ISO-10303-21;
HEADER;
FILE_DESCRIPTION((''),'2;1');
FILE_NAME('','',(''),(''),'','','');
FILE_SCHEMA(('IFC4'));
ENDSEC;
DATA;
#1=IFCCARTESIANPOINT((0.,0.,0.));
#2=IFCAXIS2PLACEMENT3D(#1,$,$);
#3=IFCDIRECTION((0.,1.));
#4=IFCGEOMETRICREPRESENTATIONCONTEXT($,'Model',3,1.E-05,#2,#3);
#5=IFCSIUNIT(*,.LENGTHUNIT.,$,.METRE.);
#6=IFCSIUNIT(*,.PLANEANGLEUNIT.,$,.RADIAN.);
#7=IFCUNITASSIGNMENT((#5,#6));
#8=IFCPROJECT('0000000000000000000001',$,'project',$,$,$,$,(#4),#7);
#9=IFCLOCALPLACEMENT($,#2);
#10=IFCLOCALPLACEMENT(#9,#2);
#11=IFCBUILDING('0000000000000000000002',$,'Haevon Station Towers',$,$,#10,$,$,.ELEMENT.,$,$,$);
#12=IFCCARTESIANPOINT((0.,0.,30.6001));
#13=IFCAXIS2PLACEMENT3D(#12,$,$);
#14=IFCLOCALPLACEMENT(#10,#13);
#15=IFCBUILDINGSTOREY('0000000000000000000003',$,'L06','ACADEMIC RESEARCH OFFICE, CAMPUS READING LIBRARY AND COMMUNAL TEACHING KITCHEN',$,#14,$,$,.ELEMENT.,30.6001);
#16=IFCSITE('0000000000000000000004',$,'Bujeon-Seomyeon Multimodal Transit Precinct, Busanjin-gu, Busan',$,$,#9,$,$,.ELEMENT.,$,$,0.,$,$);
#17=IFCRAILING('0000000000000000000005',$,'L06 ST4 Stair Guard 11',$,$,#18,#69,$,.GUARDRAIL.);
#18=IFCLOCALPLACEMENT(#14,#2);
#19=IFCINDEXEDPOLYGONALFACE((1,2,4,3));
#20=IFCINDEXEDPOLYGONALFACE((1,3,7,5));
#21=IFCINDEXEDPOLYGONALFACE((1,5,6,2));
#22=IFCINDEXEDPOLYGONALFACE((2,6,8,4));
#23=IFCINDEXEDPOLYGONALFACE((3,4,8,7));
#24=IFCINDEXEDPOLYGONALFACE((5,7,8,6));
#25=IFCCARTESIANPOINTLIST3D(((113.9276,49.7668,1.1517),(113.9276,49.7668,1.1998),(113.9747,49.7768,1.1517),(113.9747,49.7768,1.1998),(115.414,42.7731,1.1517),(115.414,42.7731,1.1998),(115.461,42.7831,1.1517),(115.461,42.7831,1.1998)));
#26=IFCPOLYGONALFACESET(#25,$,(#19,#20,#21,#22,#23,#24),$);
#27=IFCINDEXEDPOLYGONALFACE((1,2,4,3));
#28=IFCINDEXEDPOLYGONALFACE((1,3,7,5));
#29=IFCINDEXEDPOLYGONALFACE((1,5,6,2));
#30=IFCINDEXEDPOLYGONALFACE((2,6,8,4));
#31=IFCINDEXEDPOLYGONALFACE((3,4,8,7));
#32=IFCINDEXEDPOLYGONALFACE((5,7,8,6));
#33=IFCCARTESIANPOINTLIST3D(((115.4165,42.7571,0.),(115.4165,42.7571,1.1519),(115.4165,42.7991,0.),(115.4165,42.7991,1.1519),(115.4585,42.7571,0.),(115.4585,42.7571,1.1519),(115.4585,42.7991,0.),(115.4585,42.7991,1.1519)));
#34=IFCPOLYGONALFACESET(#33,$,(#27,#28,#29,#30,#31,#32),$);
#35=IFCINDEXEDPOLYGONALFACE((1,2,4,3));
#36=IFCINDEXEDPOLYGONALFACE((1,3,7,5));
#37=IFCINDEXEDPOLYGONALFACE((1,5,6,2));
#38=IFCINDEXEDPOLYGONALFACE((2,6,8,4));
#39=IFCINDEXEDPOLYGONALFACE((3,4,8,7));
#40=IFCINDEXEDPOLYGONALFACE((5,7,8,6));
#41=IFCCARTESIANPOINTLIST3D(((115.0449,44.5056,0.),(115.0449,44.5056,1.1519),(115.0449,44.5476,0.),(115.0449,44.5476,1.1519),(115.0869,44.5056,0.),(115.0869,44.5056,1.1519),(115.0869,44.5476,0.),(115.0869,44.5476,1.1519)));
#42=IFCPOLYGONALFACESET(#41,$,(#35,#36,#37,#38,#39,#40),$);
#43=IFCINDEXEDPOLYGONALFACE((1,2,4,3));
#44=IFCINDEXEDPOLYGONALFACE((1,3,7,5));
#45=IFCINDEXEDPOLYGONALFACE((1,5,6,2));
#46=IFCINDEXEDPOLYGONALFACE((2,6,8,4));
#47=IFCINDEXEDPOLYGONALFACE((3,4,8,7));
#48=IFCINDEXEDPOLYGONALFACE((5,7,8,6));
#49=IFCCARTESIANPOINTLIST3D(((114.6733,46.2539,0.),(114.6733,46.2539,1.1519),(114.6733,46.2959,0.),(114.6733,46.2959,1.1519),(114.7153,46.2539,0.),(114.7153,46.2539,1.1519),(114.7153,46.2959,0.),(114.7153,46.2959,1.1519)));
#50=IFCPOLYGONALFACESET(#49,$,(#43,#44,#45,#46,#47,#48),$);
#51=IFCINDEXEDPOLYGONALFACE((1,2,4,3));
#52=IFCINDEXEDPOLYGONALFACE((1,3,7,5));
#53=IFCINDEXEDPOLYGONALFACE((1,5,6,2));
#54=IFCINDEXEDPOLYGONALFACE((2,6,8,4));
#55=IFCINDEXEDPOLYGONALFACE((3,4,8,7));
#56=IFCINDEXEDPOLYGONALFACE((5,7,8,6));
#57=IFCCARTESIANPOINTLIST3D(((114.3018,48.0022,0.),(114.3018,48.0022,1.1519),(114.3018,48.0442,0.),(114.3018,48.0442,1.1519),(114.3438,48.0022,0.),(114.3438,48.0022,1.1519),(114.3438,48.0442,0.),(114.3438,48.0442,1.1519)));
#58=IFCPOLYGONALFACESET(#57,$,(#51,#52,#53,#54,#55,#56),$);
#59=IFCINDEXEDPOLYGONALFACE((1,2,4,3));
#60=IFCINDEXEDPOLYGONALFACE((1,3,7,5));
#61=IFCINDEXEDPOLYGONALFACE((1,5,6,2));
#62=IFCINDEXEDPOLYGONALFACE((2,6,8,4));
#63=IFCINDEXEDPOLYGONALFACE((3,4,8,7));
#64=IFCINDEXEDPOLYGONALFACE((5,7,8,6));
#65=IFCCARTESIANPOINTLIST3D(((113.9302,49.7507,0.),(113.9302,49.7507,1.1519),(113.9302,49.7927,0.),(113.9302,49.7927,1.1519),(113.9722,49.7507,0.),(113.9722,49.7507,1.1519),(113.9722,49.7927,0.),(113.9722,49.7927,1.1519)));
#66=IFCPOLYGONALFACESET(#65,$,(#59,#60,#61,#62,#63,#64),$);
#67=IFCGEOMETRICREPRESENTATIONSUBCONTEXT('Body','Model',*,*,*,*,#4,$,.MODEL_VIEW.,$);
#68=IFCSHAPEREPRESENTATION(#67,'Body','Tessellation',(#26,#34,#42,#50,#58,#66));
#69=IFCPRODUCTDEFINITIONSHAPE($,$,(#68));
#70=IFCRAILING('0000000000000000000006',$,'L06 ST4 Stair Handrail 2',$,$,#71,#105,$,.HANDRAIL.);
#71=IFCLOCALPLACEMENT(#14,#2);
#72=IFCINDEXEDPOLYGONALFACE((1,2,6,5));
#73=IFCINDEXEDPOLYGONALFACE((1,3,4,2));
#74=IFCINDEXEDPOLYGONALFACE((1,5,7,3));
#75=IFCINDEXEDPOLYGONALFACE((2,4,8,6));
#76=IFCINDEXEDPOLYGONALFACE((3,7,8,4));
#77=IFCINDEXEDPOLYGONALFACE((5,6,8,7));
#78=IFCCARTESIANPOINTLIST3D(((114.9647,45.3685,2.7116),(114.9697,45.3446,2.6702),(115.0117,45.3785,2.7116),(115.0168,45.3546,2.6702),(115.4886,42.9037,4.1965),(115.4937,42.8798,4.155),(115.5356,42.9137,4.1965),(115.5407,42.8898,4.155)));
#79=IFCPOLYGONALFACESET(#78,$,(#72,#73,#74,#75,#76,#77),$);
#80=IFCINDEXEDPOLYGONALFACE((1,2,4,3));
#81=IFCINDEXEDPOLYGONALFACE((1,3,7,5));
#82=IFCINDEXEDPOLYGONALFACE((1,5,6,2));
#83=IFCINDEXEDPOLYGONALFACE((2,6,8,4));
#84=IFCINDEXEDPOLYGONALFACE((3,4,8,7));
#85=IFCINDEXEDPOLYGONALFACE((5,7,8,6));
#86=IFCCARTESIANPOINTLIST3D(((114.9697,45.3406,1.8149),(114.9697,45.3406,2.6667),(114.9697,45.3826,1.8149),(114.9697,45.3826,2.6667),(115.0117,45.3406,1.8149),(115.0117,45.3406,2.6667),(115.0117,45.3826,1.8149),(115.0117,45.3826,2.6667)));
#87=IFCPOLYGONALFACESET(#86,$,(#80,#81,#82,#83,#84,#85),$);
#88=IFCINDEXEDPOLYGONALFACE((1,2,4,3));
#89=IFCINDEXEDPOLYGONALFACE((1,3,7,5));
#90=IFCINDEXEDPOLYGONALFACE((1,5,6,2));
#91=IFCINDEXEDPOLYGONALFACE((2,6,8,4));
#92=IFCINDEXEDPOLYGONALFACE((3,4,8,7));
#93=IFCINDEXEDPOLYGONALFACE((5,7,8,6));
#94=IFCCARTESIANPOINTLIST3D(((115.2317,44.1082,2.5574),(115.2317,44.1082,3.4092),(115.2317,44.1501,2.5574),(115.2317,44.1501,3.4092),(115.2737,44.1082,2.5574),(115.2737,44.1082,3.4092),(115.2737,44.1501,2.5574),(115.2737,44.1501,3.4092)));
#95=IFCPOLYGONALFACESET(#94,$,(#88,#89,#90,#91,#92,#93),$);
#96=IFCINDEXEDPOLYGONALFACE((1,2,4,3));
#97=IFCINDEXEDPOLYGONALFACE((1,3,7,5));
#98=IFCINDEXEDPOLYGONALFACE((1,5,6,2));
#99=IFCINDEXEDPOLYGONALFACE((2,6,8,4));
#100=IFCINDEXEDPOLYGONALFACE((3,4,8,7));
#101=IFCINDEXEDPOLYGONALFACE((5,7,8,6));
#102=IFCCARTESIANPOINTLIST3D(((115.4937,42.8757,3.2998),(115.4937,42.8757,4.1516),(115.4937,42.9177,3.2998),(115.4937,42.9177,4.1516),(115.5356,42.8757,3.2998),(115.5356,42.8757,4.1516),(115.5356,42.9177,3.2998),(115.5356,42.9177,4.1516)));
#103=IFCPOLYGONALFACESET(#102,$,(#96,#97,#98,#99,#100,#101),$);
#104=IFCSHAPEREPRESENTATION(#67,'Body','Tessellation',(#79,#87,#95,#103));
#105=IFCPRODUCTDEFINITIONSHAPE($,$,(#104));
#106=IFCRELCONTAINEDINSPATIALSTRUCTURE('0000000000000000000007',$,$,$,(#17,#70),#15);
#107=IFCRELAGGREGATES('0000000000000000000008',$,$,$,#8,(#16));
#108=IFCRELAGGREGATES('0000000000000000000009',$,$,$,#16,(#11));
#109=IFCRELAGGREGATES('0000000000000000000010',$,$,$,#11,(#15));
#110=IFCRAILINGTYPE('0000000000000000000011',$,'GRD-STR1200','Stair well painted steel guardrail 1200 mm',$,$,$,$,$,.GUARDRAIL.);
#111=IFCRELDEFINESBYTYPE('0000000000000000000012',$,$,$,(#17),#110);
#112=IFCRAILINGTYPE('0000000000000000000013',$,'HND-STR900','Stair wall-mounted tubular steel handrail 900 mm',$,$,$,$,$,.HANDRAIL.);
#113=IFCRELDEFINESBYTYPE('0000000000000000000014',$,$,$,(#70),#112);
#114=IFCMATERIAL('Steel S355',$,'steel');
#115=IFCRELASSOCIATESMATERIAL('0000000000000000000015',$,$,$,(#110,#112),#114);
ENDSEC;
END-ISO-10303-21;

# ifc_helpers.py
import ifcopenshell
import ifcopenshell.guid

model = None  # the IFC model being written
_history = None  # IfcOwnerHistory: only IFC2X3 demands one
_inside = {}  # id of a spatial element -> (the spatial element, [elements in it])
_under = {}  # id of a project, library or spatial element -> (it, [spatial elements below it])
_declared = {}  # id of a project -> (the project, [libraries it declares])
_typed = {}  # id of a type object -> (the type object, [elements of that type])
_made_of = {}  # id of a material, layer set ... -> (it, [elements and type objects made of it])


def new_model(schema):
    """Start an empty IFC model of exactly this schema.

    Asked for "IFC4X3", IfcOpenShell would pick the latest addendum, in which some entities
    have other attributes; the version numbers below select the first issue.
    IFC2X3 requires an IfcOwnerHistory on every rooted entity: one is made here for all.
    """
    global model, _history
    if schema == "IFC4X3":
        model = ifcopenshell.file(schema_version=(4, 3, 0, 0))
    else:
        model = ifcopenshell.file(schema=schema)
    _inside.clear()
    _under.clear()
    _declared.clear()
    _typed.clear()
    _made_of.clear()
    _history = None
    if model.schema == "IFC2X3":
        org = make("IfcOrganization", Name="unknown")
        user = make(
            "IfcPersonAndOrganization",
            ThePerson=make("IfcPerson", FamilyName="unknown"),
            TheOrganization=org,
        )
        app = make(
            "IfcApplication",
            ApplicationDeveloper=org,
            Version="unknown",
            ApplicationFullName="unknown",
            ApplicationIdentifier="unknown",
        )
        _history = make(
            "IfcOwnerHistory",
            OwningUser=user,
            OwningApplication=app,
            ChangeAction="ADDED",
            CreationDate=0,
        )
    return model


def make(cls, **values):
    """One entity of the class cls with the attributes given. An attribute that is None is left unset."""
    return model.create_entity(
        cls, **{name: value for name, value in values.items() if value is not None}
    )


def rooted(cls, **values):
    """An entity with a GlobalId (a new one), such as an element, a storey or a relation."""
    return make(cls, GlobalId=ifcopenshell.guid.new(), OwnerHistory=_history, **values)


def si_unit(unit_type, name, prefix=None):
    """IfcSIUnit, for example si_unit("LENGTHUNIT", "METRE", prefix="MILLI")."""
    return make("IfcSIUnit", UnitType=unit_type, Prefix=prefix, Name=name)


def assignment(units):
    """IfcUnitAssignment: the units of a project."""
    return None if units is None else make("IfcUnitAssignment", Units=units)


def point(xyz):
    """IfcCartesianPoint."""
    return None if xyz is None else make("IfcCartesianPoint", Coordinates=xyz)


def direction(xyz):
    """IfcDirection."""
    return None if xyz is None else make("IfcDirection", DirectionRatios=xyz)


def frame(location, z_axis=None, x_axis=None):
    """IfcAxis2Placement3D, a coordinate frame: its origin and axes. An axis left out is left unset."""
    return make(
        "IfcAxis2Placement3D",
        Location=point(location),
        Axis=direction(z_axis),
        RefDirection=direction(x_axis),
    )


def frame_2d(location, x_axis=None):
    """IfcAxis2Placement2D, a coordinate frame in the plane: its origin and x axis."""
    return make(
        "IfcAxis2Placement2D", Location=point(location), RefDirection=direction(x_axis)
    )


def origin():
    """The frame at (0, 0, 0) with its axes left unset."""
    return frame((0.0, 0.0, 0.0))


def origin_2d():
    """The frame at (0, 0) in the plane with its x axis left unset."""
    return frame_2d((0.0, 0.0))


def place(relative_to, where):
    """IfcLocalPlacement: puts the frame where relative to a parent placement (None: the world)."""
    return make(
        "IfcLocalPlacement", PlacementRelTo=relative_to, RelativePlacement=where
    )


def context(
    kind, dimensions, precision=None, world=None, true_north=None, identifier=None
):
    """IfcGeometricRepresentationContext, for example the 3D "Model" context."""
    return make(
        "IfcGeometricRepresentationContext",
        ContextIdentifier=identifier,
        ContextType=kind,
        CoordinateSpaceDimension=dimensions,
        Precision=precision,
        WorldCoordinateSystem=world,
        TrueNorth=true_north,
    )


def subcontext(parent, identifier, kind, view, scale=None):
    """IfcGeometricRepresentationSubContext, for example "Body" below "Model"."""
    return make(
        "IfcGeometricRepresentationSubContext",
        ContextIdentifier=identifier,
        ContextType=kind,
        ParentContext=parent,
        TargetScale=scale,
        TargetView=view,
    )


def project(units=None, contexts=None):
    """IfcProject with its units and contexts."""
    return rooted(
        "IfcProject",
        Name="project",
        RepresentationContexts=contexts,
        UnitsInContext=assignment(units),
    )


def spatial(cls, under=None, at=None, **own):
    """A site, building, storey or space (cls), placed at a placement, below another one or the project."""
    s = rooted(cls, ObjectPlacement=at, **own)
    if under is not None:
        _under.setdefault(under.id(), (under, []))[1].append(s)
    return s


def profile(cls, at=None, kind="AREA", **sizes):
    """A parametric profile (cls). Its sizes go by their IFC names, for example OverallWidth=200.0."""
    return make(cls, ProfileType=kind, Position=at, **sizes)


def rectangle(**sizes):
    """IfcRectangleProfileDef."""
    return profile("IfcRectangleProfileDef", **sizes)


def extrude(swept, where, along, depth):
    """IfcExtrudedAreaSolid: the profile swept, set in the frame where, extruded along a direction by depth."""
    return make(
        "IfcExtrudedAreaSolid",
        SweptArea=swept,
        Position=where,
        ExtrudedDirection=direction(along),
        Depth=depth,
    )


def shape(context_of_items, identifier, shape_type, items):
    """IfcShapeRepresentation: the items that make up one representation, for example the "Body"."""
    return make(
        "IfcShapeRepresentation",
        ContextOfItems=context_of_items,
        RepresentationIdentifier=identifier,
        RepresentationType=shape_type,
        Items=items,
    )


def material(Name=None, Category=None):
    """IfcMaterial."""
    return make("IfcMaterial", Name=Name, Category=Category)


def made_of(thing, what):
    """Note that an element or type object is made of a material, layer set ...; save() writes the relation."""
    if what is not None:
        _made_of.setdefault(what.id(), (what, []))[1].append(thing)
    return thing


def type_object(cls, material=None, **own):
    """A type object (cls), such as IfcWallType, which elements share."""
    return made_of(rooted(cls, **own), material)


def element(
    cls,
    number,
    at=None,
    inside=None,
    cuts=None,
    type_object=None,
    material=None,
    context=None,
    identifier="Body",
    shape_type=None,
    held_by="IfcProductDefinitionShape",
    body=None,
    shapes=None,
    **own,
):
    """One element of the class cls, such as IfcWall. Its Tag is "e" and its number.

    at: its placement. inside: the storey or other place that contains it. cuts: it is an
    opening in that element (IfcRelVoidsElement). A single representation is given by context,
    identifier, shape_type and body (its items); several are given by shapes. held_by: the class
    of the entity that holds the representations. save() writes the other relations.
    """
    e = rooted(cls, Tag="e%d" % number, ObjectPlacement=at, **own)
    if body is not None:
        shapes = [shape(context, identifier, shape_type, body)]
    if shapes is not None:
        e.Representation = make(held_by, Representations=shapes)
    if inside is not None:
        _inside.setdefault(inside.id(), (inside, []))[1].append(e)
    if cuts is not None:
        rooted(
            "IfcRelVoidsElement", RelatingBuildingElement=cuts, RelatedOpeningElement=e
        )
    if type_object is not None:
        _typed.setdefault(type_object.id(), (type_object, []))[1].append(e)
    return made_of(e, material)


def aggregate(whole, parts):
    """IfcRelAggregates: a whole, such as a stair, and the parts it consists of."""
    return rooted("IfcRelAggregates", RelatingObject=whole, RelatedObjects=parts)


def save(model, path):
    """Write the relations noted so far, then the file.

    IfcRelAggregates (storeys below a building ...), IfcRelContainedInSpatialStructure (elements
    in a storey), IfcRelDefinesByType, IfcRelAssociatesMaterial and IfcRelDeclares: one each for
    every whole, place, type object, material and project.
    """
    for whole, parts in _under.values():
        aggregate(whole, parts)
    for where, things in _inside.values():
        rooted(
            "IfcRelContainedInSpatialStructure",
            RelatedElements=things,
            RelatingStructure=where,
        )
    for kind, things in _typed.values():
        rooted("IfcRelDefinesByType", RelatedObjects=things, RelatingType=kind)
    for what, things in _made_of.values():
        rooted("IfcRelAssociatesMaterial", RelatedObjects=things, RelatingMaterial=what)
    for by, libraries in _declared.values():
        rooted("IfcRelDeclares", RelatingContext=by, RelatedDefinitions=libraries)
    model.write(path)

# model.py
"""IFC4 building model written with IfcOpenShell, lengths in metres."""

from ifc_helpers import new_model, si_unit, direction, frame, origin, origin_2d, place, context, subcontext, project, spatial, rectangle, extrude, material, type_object, element, save


model = new_model("IFC4")

# Units and contexts
model_context = context("Model", 3, precision=1e-05, world=origin(), true_north=direction((0.0, 1.0)))
body_context = subcontext(model_context, "Body", "Model", "MODEL_VIEW")
ifc_project = project(units=[si_unit("LENGTHUNIT", "METRE"), si_unit("PLANEANGLEUNIT", "RADIAN")], contexts=[model_context])

# Site, building, storey
site_placement = place(None, origin())
site = spatial("IfcSite", under=ifc_project, at=site_placement, Name="Bujeon-Seomyeon Multimodal Transit Precinct, Busanjin-gu, Busan", CompositionType="ELEMENT", RefElevation=0.0)
building_placement = place(site_placement, origin())
building = spatial("IfcBuilding", under=site, at=building_placement, Name="Haevon Station Towers", CompositionType="ELEMENT")
storey_placement = place(building_placement, frame((0.0, 0.0, 30.6001)))
storey = spatial("IfcBuildingStorey", under=building, at=storey_placement, Name="L06", Description="ACADEMIC RESEARCH OFFICE, CAMPUS READING LIBRARY AND COMMUNAL TEACHING KITCHEN", CompositionType="ELEMENT", Elevation=30.6001)

# Railings
ifc_material_1 = material(Name="Steel S355", Category="steel")
railing_type_1 = type_object("IfcRailingType", Name="GRD-STR1200", Description="Stair well painted steel guardrail 1200 mm", PredefinedType="GUARDRAIL", material=ifc_material_1)
railing_1_placement = place(storey_placement, frame((115.4375, 42.7781, 0.0)))
element("IfcRailing", 1, at=railing_1_placement, inside=storey, type_object=railing_type_1, Name="L06 ST4 Stair Guard 11", PredefinedType="GUARDRAIL", context=body_context, shape_type="SweptSolid", body=[
    extrude(rectangle(XDim=0.0481, YDim=0.0481, at=origin_2d()), frame((0.0, 0.0, 1.1758), z_axis=(-0.207882, 0.978154, 0.0), x_axis=(-0.978154, -0.207882, 0.0)), (0.0, 0.0, 1.0), 7.1499),
    extrude(rectangle(XDim=0.042, YDim=0.042, at=origin_2d()), origin(), (0.0, 0.0, 1.0), 1.1519),
    extrude(rectangle(XDim=0.042, YDim=0.042, at=origin_2d()), frame((-0.3716, 1.7485, 0.0)), (0.0, 0.0, 1.0), 1.1519),
    extrude(rectangle(XDim=0.042, YDim=0.042, at=origin_2d()), frame((-0.7432, 3.4968, 0.0)), (0.0, 0.0, 1.0), 1.1519),
    extrude(rectangle(XDim=0.042, YDim=0.042, at=origin_2d()), frame((-1.1147, 5.2451, 0.0)), (0.0, 0.0, 1.0), 1.1519),
    extrude(rectangle(XDim=0.042, YDim=0.042, at=origin_2d()), frame((-1.4863, 6.9937, 0.0)), (0.0, 0.0, 1.0), 1.1519),
])
railing_type_2 = type_object("IfcRailingType", Name="HND-STR900", Description="Stair wall-mounted tubular steel handrail 900 mm", PredefinedType="HANDRAIL", material=ifc_material_1)
railing_2_placement = place(storey_placement, frame((114.9907, 45.3616, 1.8149)))
element("IfcRailing", 2, at=railing_2_placement, inside=storey, type_object=railing_type_2, Name="L06 ST4 Stair Handrail 2", PredefinedType="HANDRAIL", context=body_context, shape_type="SweptSolid", body=[
    extrude(rectangle(XDim=0.0481, YDim=0.0481, at=origin_2d()), frame((0.0, 0.0, 0.876), z_axis=(0.179129, -0.842724, 0.507671), x_axis=(0.978147, 0.207914, 0.0)), (0.0, 0.0, 1.0), 2.9248),
    extrude(rectangle(XDim=0.042, YDim=0.042, at=origin_2d()), origin(), (0.0, 0.0, 1.0), 0.8518),
    extrude(rectangle(XDim=0.042, YDim=0.042, at=origin_2d()), frame((0.262, -1.2324, 0.7424)), (0.0, 0.0, 1.0), 0.8518),
    extrude(rectangle(XDim=0.042, YDim=0.042, at=origin_2d()), frame((0.5239, -2.4648, 1.4849)), (0.0, 0.0, 1.0), 0.8518),
])

save(model, "model.ifc")
